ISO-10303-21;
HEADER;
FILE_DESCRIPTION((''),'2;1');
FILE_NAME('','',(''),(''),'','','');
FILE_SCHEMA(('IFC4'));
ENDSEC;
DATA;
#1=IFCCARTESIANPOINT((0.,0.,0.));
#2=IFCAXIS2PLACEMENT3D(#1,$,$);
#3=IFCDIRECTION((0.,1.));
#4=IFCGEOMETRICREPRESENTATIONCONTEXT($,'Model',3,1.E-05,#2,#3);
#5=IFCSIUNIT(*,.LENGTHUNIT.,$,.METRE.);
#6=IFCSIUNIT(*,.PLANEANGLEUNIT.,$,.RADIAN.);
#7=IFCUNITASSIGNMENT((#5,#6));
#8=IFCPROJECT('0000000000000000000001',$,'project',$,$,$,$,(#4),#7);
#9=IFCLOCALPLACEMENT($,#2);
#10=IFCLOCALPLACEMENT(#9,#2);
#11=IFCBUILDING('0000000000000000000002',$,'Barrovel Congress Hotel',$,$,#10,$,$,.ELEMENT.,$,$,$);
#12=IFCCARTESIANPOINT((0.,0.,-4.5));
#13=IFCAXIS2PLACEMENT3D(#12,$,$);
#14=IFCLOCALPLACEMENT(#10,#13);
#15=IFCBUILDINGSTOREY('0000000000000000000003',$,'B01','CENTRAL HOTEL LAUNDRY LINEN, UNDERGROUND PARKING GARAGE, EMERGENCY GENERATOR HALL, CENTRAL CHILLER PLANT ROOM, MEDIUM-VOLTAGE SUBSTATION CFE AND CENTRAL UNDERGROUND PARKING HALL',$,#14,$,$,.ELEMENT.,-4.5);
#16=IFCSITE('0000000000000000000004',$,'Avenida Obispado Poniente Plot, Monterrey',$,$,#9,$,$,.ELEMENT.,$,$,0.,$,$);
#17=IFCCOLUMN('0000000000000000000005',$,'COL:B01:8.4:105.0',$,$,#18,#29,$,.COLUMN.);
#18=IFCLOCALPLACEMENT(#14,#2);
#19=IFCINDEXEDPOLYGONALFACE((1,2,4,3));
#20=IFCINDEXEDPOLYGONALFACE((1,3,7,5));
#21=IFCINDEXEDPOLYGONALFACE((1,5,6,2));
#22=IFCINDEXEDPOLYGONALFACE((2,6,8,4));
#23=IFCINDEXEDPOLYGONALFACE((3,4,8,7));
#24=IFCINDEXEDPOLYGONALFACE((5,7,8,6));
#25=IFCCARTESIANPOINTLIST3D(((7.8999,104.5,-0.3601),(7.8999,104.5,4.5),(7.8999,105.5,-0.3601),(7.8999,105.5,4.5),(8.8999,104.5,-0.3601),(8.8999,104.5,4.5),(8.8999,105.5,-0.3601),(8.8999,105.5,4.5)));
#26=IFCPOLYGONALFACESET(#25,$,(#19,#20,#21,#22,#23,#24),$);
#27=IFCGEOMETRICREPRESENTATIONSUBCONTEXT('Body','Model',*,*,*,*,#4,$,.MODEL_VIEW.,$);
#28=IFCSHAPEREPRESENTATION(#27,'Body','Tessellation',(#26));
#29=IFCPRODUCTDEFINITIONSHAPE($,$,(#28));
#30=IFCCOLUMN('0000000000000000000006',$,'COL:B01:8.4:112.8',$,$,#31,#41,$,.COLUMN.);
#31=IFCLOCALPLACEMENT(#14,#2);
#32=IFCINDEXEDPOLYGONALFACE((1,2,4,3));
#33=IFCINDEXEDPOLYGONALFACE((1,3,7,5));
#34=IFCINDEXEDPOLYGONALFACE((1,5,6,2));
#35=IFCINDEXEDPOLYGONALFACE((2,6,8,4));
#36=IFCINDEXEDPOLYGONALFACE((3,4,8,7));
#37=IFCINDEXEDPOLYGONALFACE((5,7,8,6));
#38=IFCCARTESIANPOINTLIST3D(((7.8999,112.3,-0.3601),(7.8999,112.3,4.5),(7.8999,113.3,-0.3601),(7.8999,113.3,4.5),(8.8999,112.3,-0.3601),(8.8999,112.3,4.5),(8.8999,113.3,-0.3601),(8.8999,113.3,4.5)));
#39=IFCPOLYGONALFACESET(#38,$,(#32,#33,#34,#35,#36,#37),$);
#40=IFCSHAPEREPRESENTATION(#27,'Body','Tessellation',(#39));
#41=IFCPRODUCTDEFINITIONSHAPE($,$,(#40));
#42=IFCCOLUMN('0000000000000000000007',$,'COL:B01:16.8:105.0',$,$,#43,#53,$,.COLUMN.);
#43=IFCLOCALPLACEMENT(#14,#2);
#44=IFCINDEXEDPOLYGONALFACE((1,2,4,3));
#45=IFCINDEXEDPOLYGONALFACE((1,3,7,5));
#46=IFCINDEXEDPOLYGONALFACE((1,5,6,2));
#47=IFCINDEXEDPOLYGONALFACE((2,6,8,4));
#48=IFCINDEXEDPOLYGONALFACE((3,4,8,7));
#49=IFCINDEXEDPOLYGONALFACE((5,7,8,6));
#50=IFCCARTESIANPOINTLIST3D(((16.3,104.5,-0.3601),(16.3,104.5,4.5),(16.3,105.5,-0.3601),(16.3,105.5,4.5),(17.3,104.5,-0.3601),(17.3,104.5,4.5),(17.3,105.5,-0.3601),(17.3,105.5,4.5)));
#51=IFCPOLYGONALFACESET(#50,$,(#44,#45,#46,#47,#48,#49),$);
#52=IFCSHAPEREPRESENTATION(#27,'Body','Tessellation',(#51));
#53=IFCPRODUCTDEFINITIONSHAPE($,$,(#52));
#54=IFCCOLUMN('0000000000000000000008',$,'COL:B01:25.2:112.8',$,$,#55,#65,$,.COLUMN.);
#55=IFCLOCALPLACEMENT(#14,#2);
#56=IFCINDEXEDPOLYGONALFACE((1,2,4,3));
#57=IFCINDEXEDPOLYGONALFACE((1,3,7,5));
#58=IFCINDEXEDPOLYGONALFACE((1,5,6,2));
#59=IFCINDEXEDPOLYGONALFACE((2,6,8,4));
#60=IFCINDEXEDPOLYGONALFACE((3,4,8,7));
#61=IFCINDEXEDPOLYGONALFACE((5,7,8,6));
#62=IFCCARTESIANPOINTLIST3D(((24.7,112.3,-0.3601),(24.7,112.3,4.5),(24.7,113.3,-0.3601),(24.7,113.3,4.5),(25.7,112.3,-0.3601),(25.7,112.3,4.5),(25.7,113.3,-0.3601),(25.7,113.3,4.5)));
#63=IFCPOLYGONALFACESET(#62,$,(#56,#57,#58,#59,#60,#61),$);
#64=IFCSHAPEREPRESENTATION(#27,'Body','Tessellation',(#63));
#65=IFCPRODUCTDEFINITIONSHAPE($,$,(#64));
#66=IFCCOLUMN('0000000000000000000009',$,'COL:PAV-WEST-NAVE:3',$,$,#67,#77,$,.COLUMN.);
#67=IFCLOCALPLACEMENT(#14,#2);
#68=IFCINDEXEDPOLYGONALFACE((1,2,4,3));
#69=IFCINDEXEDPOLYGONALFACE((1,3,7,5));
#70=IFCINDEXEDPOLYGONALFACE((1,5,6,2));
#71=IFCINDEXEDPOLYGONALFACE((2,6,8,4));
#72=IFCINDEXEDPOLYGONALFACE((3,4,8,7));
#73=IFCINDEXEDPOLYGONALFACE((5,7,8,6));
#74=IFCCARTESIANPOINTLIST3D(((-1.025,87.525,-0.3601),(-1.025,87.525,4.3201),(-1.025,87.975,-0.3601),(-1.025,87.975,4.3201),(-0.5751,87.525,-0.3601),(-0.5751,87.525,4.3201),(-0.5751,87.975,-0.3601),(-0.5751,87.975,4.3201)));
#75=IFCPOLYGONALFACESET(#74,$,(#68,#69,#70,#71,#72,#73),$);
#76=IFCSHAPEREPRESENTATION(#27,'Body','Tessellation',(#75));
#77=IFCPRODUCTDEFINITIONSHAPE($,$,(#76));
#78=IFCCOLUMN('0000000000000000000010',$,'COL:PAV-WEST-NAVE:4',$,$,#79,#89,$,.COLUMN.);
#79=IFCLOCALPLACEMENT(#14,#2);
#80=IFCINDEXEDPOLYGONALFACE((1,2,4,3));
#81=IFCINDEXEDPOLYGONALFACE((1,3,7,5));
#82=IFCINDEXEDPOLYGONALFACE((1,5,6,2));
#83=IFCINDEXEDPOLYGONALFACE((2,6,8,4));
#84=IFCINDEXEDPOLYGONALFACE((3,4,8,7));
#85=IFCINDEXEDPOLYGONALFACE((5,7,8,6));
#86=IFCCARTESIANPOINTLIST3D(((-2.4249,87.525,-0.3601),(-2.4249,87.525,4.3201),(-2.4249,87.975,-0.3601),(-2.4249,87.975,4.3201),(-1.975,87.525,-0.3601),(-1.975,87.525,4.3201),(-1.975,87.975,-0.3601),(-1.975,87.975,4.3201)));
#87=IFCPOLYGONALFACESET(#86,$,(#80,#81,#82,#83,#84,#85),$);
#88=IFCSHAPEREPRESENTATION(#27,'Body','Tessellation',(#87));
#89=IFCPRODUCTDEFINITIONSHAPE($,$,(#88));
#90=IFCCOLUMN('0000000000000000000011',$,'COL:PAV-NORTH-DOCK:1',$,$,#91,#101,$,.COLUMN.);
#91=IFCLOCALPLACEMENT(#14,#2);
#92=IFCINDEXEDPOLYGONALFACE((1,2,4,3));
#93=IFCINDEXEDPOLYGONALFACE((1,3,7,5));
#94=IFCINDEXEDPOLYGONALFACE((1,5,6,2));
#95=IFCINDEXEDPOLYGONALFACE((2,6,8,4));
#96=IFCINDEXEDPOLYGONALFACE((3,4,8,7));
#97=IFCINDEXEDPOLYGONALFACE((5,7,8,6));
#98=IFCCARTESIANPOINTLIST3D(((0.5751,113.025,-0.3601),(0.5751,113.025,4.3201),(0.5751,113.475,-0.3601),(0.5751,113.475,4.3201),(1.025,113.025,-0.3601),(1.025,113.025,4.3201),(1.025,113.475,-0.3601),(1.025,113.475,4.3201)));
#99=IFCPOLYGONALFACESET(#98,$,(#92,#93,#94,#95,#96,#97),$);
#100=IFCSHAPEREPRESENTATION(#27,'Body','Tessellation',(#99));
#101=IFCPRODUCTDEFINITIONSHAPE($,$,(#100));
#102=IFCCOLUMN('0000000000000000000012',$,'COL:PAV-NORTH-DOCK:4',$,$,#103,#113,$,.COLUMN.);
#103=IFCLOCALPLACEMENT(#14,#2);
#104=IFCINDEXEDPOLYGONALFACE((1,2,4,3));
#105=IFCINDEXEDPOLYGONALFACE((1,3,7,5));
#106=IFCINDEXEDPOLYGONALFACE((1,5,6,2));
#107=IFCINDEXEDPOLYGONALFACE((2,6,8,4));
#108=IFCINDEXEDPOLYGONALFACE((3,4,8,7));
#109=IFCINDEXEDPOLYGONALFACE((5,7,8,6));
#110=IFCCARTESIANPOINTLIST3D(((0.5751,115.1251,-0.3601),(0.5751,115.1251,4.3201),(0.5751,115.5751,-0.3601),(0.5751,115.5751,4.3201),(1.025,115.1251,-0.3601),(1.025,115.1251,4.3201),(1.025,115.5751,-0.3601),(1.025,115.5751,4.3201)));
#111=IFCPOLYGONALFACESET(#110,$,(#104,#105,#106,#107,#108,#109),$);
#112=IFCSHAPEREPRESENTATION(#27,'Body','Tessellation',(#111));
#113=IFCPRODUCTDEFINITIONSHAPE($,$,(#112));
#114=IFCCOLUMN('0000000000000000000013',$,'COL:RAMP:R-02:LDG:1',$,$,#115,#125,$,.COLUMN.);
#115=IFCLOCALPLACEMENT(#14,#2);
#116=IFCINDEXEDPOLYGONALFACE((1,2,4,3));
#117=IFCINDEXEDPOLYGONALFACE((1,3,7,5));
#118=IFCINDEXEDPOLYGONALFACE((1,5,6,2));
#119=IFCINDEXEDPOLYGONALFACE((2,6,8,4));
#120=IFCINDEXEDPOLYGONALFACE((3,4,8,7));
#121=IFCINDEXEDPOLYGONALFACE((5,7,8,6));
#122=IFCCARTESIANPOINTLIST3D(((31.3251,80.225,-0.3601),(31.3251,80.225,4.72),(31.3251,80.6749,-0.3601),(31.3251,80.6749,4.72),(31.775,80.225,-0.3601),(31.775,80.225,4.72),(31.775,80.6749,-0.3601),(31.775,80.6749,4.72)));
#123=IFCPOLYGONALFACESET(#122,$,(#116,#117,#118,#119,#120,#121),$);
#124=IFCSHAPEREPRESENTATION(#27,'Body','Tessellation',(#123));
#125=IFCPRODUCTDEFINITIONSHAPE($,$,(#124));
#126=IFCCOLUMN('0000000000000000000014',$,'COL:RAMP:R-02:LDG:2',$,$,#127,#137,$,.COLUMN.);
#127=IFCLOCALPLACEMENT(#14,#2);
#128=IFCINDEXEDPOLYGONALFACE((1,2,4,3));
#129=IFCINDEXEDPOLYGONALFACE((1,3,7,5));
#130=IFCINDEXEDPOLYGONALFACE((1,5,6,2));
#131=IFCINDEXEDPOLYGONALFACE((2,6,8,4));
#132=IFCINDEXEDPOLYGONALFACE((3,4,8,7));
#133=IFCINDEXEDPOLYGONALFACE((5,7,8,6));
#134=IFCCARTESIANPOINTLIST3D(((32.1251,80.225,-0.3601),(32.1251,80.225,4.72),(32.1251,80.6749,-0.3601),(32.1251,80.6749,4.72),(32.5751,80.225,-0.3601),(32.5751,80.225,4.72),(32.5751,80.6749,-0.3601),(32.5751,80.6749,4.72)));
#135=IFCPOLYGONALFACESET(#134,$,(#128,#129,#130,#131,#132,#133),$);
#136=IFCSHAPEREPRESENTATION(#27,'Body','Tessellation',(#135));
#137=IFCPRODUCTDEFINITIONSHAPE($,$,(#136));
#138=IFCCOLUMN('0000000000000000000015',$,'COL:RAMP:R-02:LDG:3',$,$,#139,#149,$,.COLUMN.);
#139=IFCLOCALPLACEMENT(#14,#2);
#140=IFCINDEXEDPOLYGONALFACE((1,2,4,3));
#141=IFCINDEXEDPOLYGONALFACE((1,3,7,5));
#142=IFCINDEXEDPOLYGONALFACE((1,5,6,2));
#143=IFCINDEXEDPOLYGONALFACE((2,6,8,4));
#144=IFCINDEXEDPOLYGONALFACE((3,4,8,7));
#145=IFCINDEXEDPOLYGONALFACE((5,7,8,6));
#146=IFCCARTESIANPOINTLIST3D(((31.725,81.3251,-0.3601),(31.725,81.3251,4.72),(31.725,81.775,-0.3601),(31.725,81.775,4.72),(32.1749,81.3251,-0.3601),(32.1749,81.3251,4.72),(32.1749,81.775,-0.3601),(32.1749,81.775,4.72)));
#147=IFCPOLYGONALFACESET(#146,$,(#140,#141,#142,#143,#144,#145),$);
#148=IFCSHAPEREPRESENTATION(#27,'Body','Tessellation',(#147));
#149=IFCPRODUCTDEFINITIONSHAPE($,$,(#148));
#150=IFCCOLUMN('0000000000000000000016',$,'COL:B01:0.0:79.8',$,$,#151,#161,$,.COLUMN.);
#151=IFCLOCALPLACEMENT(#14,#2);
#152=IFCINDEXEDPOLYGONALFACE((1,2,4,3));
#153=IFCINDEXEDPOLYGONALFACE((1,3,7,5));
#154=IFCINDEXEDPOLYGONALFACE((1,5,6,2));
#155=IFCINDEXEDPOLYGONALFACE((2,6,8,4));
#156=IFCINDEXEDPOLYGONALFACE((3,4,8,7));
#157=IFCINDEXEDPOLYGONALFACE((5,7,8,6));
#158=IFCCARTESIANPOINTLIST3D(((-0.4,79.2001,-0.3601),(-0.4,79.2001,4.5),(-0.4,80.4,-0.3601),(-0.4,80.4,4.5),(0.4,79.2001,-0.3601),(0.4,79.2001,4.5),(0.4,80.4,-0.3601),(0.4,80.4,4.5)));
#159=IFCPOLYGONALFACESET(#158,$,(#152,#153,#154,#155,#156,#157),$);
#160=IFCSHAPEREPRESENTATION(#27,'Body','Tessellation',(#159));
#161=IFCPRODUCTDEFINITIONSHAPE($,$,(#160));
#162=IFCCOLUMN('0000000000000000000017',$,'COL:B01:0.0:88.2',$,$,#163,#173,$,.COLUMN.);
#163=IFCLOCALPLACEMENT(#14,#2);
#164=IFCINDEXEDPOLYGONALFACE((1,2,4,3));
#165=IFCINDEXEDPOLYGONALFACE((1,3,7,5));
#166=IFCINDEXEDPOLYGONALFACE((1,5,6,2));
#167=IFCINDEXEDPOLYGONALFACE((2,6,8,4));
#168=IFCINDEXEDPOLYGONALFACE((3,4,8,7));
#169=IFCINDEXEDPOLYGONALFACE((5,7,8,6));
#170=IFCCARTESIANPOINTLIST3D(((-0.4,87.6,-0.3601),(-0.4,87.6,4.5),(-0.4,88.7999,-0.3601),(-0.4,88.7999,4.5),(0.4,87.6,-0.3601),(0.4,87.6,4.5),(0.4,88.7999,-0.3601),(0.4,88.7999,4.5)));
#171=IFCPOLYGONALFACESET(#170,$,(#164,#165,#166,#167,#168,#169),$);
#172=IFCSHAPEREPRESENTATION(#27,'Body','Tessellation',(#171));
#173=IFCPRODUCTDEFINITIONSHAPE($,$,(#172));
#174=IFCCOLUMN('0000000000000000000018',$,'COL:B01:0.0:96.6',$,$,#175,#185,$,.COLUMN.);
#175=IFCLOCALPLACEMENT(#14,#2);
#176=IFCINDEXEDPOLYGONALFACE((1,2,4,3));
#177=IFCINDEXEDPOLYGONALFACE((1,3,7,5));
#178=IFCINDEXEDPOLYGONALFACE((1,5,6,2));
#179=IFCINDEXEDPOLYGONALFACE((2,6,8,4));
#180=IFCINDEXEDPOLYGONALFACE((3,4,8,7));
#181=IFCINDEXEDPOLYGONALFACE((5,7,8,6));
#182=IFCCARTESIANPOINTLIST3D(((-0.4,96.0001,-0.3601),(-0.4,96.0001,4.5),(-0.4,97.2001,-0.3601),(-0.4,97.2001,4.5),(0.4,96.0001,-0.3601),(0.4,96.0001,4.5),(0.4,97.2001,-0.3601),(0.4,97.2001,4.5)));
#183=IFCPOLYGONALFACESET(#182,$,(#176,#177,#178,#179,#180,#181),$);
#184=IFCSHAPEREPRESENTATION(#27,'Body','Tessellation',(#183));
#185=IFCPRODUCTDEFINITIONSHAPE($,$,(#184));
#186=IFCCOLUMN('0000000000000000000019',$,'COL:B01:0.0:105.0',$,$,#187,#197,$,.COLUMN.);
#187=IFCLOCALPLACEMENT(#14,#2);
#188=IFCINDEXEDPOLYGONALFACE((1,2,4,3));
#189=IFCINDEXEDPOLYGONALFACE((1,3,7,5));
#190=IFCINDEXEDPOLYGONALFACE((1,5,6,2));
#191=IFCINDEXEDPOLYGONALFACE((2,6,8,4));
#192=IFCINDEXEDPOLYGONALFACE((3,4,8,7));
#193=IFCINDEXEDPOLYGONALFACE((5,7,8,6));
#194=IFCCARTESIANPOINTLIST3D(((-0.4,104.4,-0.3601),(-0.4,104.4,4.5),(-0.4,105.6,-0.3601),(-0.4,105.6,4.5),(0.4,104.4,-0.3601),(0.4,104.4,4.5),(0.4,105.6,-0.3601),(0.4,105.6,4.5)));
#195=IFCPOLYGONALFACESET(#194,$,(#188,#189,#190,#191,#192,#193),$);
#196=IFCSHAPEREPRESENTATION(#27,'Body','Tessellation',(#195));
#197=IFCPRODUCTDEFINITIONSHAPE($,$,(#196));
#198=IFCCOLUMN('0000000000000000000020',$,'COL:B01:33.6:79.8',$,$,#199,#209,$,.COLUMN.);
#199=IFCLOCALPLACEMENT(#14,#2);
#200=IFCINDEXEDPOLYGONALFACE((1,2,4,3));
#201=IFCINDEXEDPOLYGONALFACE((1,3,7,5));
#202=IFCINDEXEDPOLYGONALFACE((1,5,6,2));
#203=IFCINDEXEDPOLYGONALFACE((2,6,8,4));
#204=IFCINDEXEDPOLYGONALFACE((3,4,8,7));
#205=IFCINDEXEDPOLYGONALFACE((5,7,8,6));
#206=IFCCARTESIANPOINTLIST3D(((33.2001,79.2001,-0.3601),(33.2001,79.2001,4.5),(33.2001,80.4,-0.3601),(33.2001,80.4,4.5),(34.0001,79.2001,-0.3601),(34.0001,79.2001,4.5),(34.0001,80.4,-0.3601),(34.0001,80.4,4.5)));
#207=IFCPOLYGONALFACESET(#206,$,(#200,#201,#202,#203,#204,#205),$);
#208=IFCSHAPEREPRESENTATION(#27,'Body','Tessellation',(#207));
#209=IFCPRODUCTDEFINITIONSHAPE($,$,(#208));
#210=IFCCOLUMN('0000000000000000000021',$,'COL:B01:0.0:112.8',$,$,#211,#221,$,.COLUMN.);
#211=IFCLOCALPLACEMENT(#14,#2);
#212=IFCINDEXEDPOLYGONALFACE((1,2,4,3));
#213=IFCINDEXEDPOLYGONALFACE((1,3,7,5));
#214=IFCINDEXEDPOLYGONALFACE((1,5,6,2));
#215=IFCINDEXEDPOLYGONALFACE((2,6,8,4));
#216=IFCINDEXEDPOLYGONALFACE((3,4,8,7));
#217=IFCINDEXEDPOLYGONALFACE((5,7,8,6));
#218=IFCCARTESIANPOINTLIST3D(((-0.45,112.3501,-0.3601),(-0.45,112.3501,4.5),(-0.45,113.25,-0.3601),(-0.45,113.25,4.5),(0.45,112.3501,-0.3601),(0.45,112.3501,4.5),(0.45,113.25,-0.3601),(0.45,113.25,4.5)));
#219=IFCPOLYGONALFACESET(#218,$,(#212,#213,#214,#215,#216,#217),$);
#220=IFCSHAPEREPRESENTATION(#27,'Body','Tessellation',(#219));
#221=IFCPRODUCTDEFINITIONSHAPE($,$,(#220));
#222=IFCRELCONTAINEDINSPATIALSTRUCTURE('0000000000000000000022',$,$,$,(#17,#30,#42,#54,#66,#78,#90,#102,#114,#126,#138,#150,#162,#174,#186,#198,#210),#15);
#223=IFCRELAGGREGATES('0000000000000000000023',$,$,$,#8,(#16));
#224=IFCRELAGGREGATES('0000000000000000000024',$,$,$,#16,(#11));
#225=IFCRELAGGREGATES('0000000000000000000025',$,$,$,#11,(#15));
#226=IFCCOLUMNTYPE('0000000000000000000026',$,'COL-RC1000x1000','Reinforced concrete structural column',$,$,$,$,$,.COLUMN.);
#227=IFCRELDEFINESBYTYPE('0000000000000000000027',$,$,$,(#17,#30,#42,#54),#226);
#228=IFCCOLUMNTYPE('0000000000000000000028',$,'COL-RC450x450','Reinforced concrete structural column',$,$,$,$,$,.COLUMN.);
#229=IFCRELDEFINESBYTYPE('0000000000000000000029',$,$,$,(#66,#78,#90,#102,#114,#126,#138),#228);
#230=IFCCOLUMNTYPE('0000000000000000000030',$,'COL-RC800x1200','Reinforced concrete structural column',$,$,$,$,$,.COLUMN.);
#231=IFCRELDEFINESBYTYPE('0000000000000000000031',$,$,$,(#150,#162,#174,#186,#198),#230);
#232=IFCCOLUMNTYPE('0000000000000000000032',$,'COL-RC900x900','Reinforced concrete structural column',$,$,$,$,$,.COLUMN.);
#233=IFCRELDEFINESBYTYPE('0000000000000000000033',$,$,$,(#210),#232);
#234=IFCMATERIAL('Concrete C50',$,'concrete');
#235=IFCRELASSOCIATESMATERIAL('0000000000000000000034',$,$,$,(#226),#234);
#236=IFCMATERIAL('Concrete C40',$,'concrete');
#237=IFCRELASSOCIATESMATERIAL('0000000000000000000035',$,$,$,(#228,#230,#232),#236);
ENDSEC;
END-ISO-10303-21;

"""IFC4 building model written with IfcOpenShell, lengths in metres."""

from ifc_helpers import new_model, si_unit, direction, frame, origin, origin_2d, place, context, subcontext, project, spatial, rectangle, extrude, material, material_profile, profile_set, type_object, element, save


model = new_model("IFC4")

# Units and contexts
model_context = context("Model", 3, precision=1e-05, world=origin(), true_north=direction((0.0, 1.0)))
body_context = subcontext(model_context, "Body", "Model", "MODEL_VIEW")
ifc_project = project(units=[si_unit("LENGTHUNIT", "METRE"), si_unit("PLANEANGLEUNIT", "RADIAN")], contexts=[model_context])

# Site, building, storey
site_placement = place(None, origin())
site = spatial("IfcSite", under=ifc_project, at=site_placement, Name="Avenida Obispado Poniente Plot, Monterrey", CompositionType="ELEMENT", RefElevation=0.0)
building_placement = place(site_placement, origin())
building = spatial("IfcBuilding", under=site, at=building_placement, Name="Barrovel Congress Hotel", CompositionType="ELEMENT")
storey_placement = place(building_placement, frame((0.0, 0.0, -4.5)))
storey = spatial("IfcBuildingStorey", under=building, at=storey_placement, Name="B01", Description="CENTRAL HOTEL LAUNDRY LINEN, UNDERGROUND PARKING GARAGE, EMERGENCY GENERATOR HALL, CENTRAL CHILLER PLANT ROOM, MEDIUM-VOLTAGE SUBSTATION CFE AND CENTRAL UNDERGROUND PARKING HALL", CompositionType="ELEMENT", Elevation=-4.5)

# Columns
ifc_material_1 = material(Name="Concrete C50", Category="concrete")
ifc_material_profile_1 = material_profile(ifc_material_1, rectangle(XDim=1.0, YDim=1.0, at=origin_2d()), Name="RC1000x1000")
ifc_profile_set_1 = profile_set([ifc_material_profile_1], Name="Concrete C50")
column_type_1 = type_object("IfcColumnType", Name="COL-RC1000x1000", Description="Reinforced concrete structural column", PredefinedType="COLUMN", material=ifc_profile_set_1)
for number, where, z_axis, x_axis, name in (
    (1, (8.3999, 105.0, -0.3601), (0.0, 0.0, 1.0), (1.0, 0.0, 0.0), "COL:B01:8.4:105.0"),
    (2, (8.3999, 112.8, -0.3601), (0.0, 0.0, 1.0), (1.0, 0.0, 0.0), "COL:B01:8.4:112.8"),
    (3, (16.8, 105.0, -0.3601), (0.0, 0.0, 1.0), (1.0, 0.0, 0.0), "COL:B01:16.8:105.0"),
    (4, (25.2, 112.8, -0.3601), (0.0, 0.0, 1.0), (1.0, 0.0, 0.0), "COL:B01:25.2:112.8"),
):
    element("IfcColumn", number, at=place(storey_placement, frame(where, z_axis=z_axis, x_axis=x_axis)), inside=storey, type_object=column_type_1, Name=name, PredefinedType="COLUMN", context=body_context, shape_type="SweptSolid", body=[
        extrude(rectangle(XDim=1.0, YDim=1.0, at=origin_2d()), origin(), (0.0, 0.0, 1.0), 4.8601),
    ])
ifc_material_2 = material(Name="Concrete C40", Category="concrete")
ifc_material_profile_2 = material_profile(ifc_material_2, rectangle(XDim=0.45, YDim=0.45, at=origin_2d()), Name="RC450x450")
ifc_profile_set_2 = profile_set([ifc_material_profile_2], Name="Concrete C40")
column_type_2 = type_object("IfcColumnType", Name="COL-RC450x450", Description="Reinforced concrete structural column", PredefinedType="COLUMN", material=ifc_profile_set_2)
for number, where, z_axis, x_axis, name in (
    (5, (-0.8, 87.75, -0.3601), (0.0, 0.0, 1.0), (1.0, 0.0, 0.0), "COL:PAV-WEST-NAVE:3"),
    (6, (-2.2, 87.75, -0.3601), (0.0, 0.0, 1.0), (1.0, 0.0, 0.0), "COL:PAV-WEST-NAVE:4"),
    (7, (0.8, 113.25, -0.3601), (0.0, 0.0, 1.0), (1.0, 0.0, 0.0), "COL:PAV-NORTH-DOCK:1"),
    (8, (0.8, 115.3501, -0.3601), (0.0, 0.0, 1.0), (1.0, 0.0, 0.0), "COL:PAV-NORTH-DOCK:4"),
):
    element("IfcColumn", number, at=place(storey_placement, frame(where, z_axis=z_axis, x_axis=x_axis)), inside=storey, type_object=column_type_2, Name=name, PredefinedType="COLUMN", context=body_context, shape_type="SweptSolid", body=[
        extrude(rectangle(XDim=0.45, YDim=0.45, at=origin_2d()), origin(), (0.0, 0.0, 1.0), 4.6802),
    ])
for number, where, z_axis, x_axis, name in (
    (9, (31.55, 80.45, -0.3601), (0.0, 0.0, 1.0), (1.0, 0.0, 0.0), "COL:RAMP:R-02:LDG:1"),
    (10, (32.3501, 80.45, -0.3601), (0.0, 0.0, 1.0), (1.0, 0.0, 0.0), "COL:RAMP:R-02:LDG:2"),
    (11, (31.95, 81.55, -0.3601), (0.0, 0.0, 1.0), (1.0, 0.0, 0.0), "COL:RAMP:R-02:LDG:3"),
):
    element("IfcColumn", number, at=place(storey_placement, frame(where, z_axis=z_axis, x_axis=x_axis)), inside=storey, type_object=column_type_2, Name=name, PredefinedType="COLUMN", context=body_context, shape_type="SweptSolid", body=[
        extrude(rectangle(XDim=0.45, YDim=0.45, at=origin_2d()), origin(), (0.0, 0.0, 1.0), 5.0801),
    ])
ifc_material_profile_3 = material_profile(ifc_material_2, rectangle(XDim=0.8, YDim=1.2, at=origin_2d()), Name="RC800x1200")
ifc_profile_set_3 = profile_set([ifc_material_profile_3], Name="Concrete C40")
column_type_3 = type_object("IfcColumnType", Name="COL-RC800x1200", Description="Reinforced concrete structural column", PredefinedType="COLUMN", material=ifc_profile_set_3)
for number, where, z_axis, x_axis, name in (
    (12, (0.0, 79.8, -0.3601), (0.0, 0.0, 1.0), (1.0, 0.0, 0.0), "COL:B01:0.0:79.8"),
    (13, (0.0, 88.2, -0.3601), (0.0, 0.0, 1.0), (1.0, 0.0, 0.0), "COL:B01:0.0:88.2"),
    (14, (0.0, 96.6001, -0.3601), (0.0, 0.0, 1.0), (1.0, 0.0, 0.0), "COL:B01:0.0:96.6"),
    (15, (0.0, 105.0, -0.3601), (0.0, 0.0, 1.0), (1.0, 0.0, 0.0), "COL:B01:0.0:105.0"),
    (16, (33.6001, 79.8, -0.3601), (0.0, 0.0, 1.0), (1.0, 0.0, 0.0), "COL:B01:33.6:79.8"),
):
    element("IfcColumn", number, at=place(storey_placement, frame(where, z_axis=z_axis, x_axis=x_axis)), inside=storey, type_object=column_type_3, Name=name, PredefinedType="COLUMN", context=body_context, shape_type="SweptSolid", body=[
        extrude(rectangle(XDim=0.8, YDim=1.2, at=origin_2d()), origin(), (0.0, 0.0, 1.0), 4.8601),
    ])
ifc_material_profile_4 = material_profile(ifc_material_2, rectangle(XDim=0.8999, YDim=0.8999, at=origin_2d()), Name="RC900x900")
ifc_profile_set_4 = profile_set([ifc_material_profile_4], Name="Concrete C40")
column_type_4 = type_object("IfcColumnType", Name="COL-RC900x900", Description="Reinforced concrete structural column", PredefinedType="COLUMN", material=ifc_profile_set_4)
for number, where, z_axis, x_axis, name in (
    (17, (0.0, 112.8, -0.3601), (0.0, 0.0, 1.0), (1.0, 0.0, 0.0), "COL:B01:0.0:112.8"),
):
    element("IfcColumn", number, at=place(storey_placement, frame(where, z_axis=z_axis, x_axis=x_axis)), inside=storey, type_object=column_type_4, Name=name, PredefinedType="COLUMN", context=body_context, shape_type="SweptSolid", body=[
        extrude(rectangle(XDim=0.8999, YDim=0.8999, at=origin_2d()), origin(), (0.0, 0.0, 1.0), 4.8601),
    ])

save(model, "model.ifc")
